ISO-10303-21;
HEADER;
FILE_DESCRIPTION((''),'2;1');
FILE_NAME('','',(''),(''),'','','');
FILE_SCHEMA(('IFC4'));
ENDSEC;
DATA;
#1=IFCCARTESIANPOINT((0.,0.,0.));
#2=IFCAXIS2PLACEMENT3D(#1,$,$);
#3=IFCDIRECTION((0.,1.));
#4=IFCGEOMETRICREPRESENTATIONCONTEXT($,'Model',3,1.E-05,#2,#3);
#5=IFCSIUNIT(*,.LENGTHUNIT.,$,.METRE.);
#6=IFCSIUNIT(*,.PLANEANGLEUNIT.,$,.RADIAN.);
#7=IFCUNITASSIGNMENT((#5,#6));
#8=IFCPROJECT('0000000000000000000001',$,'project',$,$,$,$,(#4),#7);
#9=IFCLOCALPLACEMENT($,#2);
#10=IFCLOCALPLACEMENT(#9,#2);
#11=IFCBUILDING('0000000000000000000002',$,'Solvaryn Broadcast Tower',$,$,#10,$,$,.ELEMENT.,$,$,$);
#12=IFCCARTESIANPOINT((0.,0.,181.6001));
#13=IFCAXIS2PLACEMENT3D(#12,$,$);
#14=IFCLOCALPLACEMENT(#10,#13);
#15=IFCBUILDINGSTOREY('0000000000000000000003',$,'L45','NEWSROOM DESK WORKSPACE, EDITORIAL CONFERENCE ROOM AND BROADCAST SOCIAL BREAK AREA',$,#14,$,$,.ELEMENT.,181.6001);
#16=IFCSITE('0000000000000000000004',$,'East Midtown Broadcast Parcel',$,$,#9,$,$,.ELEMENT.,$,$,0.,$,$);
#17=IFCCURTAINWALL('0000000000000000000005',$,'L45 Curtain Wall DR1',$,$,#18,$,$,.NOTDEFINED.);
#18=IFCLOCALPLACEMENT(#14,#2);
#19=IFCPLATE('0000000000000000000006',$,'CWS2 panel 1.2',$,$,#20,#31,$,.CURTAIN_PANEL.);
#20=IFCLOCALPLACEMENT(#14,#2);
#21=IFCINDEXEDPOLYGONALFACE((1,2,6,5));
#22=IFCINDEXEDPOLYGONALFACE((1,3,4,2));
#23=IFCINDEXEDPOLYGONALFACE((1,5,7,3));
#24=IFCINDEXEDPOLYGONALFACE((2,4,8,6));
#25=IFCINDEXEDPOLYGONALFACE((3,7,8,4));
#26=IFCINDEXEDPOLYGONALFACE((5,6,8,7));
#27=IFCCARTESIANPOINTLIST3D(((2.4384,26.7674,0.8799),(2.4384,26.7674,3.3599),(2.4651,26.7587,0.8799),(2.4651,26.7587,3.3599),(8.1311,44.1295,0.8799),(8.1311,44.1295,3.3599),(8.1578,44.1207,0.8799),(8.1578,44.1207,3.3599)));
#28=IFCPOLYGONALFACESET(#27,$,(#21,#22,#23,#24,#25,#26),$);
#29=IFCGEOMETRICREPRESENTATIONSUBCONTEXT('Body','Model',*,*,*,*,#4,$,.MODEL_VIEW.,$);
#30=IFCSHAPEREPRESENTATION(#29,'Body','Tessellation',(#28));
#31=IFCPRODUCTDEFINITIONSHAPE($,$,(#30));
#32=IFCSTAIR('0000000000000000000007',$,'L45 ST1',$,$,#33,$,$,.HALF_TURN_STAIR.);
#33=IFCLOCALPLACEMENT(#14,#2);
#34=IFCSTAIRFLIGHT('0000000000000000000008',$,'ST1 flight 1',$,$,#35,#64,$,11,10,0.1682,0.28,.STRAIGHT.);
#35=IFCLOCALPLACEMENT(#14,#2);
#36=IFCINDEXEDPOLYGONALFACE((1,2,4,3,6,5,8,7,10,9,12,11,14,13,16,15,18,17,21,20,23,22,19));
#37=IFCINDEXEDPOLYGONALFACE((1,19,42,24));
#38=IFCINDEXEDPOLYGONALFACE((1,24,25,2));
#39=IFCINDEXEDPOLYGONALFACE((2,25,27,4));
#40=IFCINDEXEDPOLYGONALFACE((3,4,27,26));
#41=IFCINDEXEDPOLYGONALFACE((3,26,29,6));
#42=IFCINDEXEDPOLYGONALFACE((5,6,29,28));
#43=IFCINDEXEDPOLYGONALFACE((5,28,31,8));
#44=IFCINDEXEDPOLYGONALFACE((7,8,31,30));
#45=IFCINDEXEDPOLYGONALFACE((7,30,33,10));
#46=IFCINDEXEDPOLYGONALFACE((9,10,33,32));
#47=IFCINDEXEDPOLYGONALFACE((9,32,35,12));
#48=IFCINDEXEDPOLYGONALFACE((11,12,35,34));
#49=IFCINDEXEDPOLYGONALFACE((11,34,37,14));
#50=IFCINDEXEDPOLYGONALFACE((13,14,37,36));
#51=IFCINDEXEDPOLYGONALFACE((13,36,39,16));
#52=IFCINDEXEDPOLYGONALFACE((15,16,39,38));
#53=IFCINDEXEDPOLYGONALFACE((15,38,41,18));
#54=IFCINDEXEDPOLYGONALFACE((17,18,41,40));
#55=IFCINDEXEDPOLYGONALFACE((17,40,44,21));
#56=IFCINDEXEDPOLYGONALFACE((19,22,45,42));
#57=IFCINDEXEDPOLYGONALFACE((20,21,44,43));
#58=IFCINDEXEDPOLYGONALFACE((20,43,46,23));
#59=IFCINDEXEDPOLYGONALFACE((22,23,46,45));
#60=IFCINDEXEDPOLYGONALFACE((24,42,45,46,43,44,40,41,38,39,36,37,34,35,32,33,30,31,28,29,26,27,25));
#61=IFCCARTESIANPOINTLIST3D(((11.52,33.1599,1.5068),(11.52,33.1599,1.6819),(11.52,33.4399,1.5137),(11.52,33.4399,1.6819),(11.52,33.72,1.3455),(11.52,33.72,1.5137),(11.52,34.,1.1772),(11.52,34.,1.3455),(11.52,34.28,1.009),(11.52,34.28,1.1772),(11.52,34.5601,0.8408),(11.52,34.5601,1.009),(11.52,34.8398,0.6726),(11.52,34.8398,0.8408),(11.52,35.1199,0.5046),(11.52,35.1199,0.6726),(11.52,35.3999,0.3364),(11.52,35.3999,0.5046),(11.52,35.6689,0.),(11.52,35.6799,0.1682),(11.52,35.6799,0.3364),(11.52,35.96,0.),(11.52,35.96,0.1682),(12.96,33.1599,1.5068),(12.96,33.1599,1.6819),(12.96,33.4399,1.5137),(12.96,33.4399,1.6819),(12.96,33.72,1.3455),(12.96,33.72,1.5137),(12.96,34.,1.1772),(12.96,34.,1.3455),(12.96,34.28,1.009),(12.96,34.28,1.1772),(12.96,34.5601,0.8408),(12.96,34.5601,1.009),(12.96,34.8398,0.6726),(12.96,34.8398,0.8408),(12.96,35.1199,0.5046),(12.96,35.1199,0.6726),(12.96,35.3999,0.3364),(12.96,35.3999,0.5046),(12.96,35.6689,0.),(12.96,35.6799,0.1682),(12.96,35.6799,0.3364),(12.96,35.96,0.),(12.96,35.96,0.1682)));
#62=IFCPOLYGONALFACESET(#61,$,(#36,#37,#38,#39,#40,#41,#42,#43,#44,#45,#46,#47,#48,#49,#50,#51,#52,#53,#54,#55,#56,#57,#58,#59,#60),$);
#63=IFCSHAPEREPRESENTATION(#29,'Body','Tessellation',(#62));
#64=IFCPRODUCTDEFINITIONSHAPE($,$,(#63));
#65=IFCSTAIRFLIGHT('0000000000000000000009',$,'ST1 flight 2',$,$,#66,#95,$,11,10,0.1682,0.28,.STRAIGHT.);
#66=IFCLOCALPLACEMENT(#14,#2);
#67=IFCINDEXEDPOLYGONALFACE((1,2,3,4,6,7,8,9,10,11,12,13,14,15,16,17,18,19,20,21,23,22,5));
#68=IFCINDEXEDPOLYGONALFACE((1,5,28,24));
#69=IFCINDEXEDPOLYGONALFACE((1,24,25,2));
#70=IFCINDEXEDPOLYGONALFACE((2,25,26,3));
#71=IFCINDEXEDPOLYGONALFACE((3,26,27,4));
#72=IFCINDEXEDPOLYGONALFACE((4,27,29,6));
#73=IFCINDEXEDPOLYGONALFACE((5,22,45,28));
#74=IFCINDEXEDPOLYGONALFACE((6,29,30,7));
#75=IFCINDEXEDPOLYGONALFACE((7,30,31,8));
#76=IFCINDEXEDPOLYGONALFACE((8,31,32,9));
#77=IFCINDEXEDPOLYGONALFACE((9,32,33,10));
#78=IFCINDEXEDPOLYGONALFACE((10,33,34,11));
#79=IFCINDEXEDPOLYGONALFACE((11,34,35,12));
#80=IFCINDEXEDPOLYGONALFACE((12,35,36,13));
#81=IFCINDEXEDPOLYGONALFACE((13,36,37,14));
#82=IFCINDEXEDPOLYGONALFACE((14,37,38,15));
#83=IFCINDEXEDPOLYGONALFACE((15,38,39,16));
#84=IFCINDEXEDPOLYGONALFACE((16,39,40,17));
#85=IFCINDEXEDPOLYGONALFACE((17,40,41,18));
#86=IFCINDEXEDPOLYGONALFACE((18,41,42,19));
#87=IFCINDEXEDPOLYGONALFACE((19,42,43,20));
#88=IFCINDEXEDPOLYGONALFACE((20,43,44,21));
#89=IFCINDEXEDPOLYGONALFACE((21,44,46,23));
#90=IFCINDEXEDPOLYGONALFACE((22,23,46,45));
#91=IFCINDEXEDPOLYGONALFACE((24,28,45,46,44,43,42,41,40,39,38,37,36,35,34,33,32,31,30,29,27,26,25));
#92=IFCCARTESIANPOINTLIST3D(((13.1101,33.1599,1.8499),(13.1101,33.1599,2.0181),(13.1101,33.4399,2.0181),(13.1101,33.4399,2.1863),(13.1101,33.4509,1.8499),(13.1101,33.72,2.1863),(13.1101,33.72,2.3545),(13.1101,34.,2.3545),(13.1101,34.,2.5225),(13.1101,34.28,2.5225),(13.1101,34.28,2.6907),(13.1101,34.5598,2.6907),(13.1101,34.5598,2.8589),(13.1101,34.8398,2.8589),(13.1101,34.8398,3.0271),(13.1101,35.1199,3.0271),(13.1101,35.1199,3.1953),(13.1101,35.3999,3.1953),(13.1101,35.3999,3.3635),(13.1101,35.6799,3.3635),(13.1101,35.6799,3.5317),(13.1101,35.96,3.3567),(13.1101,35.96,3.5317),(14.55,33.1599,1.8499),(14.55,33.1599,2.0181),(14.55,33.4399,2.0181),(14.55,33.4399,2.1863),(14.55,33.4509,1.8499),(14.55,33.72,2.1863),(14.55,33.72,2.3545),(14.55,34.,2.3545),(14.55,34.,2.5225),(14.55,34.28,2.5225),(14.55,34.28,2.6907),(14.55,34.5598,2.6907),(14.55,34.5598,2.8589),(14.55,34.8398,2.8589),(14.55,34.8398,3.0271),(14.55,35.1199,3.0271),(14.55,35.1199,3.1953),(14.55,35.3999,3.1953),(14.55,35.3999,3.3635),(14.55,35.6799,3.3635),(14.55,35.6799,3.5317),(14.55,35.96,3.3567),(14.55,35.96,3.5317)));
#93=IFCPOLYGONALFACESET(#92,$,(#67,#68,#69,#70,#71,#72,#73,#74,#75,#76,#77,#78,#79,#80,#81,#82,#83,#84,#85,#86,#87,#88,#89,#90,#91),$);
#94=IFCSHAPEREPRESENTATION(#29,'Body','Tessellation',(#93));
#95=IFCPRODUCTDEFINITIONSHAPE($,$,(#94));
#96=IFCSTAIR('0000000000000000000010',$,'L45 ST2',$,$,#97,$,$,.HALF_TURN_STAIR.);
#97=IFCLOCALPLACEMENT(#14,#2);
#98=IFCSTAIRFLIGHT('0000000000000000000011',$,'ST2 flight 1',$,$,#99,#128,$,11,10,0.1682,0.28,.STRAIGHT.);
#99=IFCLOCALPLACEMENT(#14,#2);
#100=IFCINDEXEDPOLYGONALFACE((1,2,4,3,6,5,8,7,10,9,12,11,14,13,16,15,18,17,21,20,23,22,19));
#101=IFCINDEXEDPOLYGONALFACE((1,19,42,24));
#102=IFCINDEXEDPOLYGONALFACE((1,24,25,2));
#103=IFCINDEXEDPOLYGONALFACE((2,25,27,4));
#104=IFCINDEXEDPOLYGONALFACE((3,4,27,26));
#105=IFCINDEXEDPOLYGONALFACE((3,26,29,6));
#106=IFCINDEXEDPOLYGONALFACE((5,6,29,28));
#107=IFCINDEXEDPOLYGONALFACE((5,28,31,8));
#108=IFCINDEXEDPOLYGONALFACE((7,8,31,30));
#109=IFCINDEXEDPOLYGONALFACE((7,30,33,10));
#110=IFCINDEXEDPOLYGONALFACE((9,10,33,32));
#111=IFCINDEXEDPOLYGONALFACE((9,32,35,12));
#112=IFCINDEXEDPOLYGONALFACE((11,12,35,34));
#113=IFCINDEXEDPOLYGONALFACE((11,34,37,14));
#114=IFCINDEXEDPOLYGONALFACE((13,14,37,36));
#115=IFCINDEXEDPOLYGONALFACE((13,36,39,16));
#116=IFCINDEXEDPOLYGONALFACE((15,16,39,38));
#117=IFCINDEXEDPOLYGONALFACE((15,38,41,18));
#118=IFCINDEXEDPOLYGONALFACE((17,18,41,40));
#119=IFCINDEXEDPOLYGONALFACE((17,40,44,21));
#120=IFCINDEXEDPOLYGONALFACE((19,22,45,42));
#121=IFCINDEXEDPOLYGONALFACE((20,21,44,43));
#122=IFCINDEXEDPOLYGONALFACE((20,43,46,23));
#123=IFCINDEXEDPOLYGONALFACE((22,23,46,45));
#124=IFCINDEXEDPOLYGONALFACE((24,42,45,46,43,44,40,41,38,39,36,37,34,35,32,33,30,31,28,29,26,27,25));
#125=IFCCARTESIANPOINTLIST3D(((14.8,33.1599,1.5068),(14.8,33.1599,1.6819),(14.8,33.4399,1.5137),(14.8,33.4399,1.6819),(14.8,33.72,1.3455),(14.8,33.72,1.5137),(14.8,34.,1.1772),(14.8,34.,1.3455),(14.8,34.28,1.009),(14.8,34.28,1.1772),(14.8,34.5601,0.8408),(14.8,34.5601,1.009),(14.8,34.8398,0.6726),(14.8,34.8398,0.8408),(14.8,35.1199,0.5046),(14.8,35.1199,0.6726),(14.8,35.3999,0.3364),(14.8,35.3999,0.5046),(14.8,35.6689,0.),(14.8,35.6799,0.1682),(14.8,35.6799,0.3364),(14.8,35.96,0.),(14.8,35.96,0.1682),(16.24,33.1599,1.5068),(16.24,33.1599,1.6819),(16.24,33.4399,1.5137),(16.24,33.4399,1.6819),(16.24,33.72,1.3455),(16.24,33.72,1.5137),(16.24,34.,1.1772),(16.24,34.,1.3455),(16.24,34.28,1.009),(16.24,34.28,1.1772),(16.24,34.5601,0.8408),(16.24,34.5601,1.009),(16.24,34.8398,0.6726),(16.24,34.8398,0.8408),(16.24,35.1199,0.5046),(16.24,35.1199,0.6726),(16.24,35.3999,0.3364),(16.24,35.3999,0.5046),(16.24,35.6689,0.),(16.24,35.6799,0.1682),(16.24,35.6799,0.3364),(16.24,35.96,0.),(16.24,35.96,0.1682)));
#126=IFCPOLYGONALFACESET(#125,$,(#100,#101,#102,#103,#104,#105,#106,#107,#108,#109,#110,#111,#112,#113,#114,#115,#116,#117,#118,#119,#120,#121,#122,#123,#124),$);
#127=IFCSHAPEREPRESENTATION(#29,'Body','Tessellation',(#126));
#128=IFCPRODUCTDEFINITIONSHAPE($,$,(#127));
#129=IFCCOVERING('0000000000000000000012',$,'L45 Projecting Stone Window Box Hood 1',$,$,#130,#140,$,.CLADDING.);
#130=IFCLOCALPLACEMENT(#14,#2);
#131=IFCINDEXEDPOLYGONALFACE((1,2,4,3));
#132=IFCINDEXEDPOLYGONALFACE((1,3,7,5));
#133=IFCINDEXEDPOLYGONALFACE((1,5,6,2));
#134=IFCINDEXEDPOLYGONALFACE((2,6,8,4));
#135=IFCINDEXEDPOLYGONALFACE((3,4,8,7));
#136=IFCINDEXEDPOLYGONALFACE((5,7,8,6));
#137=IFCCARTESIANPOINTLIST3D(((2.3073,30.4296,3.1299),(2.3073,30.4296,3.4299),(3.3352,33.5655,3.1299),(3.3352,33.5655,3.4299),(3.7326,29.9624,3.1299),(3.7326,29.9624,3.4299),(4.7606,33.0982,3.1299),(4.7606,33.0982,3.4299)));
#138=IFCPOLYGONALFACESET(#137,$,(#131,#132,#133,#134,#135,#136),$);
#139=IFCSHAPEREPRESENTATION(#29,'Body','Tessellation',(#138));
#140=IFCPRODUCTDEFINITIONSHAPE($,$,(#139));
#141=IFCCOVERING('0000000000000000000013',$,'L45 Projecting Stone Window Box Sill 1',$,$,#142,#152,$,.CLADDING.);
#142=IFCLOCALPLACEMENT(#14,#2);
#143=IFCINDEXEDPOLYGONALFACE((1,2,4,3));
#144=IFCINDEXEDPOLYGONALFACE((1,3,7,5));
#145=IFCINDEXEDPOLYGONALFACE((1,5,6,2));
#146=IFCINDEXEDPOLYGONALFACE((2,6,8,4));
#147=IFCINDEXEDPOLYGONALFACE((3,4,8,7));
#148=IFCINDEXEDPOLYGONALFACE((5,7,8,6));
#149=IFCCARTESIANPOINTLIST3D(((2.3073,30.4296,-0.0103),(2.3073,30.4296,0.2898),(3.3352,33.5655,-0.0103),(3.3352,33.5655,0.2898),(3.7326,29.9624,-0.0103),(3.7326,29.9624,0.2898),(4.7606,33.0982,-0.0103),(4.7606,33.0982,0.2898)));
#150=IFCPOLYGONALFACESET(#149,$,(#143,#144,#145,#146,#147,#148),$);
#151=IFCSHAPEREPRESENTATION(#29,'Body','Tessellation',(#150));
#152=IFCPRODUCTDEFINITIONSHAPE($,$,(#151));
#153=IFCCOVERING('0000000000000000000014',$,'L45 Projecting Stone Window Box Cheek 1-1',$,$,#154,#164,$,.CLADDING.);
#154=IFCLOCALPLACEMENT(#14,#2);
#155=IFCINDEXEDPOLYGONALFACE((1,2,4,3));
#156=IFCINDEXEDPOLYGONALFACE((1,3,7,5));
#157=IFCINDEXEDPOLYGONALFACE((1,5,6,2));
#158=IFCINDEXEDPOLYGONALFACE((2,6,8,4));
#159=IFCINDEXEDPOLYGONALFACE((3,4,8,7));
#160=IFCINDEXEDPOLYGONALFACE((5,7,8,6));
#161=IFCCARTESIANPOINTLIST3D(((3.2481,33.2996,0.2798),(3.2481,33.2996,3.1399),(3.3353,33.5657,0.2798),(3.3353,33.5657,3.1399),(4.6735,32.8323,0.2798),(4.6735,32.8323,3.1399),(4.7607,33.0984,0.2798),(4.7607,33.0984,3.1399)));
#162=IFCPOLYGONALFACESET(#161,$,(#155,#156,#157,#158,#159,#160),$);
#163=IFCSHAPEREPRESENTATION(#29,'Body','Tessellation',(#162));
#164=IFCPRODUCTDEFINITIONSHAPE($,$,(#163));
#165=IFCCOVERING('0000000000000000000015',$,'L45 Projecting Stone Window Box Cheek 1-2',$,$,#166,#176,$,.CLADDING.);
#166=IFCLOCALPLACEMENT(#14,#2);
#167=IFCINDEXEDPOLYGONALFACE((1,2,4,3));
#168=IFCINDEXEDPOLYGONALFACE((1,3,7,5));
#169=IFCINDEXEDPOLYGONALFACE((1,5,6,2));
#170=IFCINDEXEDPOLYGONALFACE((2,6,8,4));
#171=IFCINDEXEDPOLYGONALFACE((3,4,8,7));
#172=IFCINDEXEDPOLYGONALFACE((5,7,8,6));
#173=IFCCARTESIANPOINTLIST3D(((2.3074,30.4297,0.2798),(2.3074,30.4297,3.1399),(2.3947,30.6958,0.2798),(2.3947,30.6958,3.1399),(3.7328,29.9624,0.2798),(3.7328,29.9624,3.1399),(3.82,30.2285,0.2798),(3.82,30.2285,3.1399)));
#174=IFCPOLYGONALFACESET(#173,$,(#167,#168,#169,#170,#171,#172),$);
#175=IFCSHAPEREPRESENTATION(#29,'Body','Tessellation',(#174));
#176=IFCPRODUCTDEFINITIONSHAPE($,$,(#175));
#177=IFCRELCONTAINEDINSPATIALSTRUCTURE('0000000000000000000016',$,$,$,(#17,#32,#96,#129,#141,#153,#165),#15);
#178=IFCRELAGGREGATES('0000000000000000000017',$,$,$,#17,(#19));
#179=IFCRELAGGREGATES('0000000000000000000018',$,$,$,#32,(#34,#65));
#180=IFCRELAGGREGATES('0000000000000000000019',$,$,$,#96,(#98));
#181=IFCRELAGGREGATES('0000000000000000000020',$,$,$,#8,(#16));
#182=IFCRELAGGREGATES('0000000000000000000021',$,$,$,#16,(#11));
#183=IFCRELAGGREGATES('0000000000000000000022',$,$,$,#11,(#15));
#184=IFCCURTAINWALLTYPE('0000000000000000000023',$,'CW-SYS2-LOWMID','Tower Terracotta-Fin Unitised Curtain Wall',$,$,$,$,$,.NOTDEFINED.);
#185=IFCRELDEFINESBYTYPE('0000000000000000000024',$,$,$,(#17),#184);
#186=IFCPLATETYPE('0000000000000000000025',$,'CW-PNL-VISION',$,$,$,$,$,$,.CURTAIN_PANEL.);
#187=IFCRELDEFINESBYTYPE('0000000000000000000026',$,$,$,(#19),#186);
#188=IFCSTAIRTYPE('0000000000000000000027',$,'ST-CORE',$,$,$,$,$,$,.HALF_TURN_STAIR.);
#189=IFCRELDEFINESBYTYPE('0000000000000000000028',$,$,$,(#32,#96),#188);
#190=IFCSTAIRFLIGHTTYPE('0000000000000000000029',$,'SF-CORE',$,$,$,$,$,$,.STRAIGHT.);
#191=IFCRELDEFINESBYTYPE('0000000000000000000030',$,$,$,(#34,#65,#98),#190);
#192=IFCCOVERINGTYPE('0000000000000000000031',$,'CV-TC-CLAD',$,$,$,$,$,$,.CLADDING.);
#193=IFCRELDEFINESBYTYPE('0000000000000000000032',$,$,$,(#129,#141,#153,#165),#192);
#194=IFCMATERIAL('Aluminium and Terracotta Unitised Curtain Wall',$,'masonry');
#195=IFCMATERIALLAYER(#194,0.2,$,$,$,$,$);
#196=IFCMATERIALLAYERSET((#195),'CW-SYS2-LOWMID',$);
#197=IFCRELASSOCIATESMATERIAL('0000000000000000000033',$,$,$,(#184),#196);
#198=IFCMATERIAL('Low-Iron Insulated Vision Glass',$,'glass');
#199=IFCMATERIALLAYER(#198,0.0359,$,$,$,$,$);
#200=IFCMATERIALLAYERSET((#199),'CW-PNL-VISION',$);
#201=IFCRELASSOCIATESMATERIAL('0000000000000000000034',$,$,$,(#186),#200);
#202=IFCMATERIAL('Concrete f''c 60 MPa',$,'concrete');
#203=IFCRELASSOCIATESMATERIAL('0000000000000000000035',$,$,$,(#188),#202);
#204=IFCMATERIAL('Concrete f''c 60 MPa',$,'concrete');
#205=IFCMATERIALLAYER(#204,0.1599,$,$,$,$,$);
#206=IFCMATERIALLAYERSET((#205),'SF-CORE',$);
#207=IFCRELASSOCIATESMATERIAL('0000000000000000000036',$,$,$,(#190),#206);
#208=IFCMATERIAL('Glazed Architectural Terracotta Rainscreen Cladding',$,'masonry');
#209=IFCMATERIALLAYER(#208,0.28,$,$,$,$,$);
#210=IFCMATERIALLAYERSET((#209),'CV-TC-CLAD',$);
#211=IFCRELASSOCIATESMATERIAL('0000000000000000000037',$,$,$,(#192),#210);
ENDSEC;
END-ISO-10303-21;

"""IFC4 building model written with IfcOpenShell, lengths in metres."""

from ifc_helpers import new_model, si_unit, direction, frame, origin, origin_2d, place, context, subcontext, project, spatial, polyline, rectangle, outline, extrude, material, layer, layer_set, type_object, element, aggregate, save


model = new_model("IFC4")

# Units and contexts
model_context = context("Model", 3, precision=1e-05, world=origin(), true_north=direction((0.0, 1.0)))
body_context = subcontext(model_context, "Body", "Model", "MODEL_VIEW")
ifc_project = project(units=[si_unit("LENGTHUNIT", "METRE"), si_unit("PLANEANGLEUNIT", "RADIAN")], contexts=[model_context])

# Site, building, storey
site_placement = place(None, origin())
site = spatial("IfcSite", under=ifc_project, at=site_placement, Name="East Midtown Broadcast Parcel", CompositionType="ELEMENT", RefElevation=0.0)
building_placement = place(site_placement, origin())
building = spatial("IfcBuilding", under=site, at=building_placement, Name="Solvaryn Broadcast Tower", CompositionType="ELEMENT")
storey_placement = place(building_placement, frame((0.0, 0.0, 181.6001)))
storey = spatial("IfcBuildingStorey", under=building, at=storey_placement, Name="L45", Description="NEWSROOM DESK WORKSPACE, EDITORIAL CONFERENCE ROOM AND BROADCAST SOCIAL BREAK AREA", CompositionType="ELEMENT", Elevation=181.6001)

# Curtain wall, plate
ifc_material_1 = material(Name="Aluminium and Terracotta Unitised Curtain Wall", Category="masonry")
ifc_layer_1 = layer(ifc_material_1, 0.2)
ifc_layer_set_1 = layer_set([ifc_layer_1], Name="CW-SYS2-LOWMID")
curtain_wall_type = type_object("IfcCurtainWallType", Name="CW-SYS2-LOWMID", Description="Tower Terracotta-Fin Unitised Curtain Wall", PredefinedType="NOTDEFINED", material=ifc_layer_set_1)
curtain_wall_placement = place(storey_placement, origin())
curtain_wall = element("IfcCurtainWall", 1, at=curtain_wall_placement, inside=storey, type_object=curtain_wall_type, Name="L45 Curtain Wall DR1", PredefinedType="NOTDEFINED")
ifc_material_2 = material(Name="Low-Iron Insulated Vision Glass", Category="glass")
ifc_layer_2 = layer(ifc_material_2, 0.0359)
ifc_layer_set_2 = layer_set([ifc_layer_2], Name="CW-PNL-VISION")
plate_type = type_object("IfcPlateType", Name="CW-PNL-VISION", PredefinedType="CURTAIN_PANEL", material=ifc_layer_set_2)
plate_1_placement = place(storey_placement, frame((5.2981, 35.4441, 0.8799), z_axis=(0.0, 0.0, 1.0), x_axis=(-0.311559, -0.950227, 0.0)))
plate_1 = element("IfcPlate", 2, at=plate_1_placement, type_object=plate_type, Name="CWS2 panel 1.2", PredefinedType="CURTAIN_PANEL", context=body_context, shape_type="SweptSolid", body=[
    extrude(rectangle(XDim=18.2715, YDim=0.0281, at=origin_2d()), origin(), (0.0, 0.0, 1.0), 2.48),
])
aggregate(curtain_wall, [plate_1])

# Stair, stair flights
ifc_material_3 = material(Name="Concrete f'c 60 MPa", Category="concrete")
stair_type = type_object("IfcStairType", Name="ST-CORE", PredefinedType="HALF_TURN_STAIR", material=ifc_material_3)
stair_1_placement = place(storey_placement, origin())
stair_1 = element("IfcStair", 3, at=stair_1_placement, inside=storey, type_object=stair_type, Name="L45 ST1", PredefinedType="HALF_TURN_STAIR")
ifc_material_4 = material(Name="Concrete f'c 60 MPa", Category="concrete")
ifc_layer_3 = layer(ifc_material_4, 0.1599)
ifc_layer_set_3 = layer_set([ifc_layer_3], Name="SF-CORE")
stair_flight_type = type_object("IfcStairFlightType", Name="SF-CORE", PredefinedType="STRAIGHT", material=ifc_layer_set_3)
stair_flight_1_placement = place(storey_placement, frame((12.24, 35.96, 0.0), z_axis=(0.0, 0.0, 1.0), x_axis=(0.0, -1.0, 0.0)))
stair_flight_1 = element("IfcStairFlight", 4, at=stair_flight_1_placement, type_object=stair_flight_type, Name="ST1 flight 1", NumberOfRisers=11, NumberOfTreads=10, PredefinedType="STRAIGHT", RiserHeight=0.1682, TreadLength=0.28, context=body_context, shape_type="SweptSolid", body=[
    extrude(outline(polyline([(0.0, 0.0), (0.0, 0.1682), (0.28, 0.1682), (0.28, 0.3364), (0.5601, 0.3364), (0.5601, 0.5046), (0.8401, 0.5046), (0.8401, 0.6726), (1.1201, 0.6726), (1.1201, 0.8408), (1.3999, 0.8408), (1.3999, 1.009), (1.6799, 1.009), (1.6799, 1.1772), (1.96, 1.1772), (1.96, 1.3455), (2.24, 1.3455), (2.24, 1.5137), (2.52, 1.5137), (2.52, 1.6819), (2.8, 1.6819), (2.8, 1.8501), (2.8, 1.5068), (0.291, 0.0), (0.0, 0.0)])), frame((0.0, 0.72, 0.0), z_axis=(0.0, -1.0, 0.0), x_axis=(1.0, 0.0, 0.0)), (0.0, 0.0, 1.0), 1.4399),
])
stair_flight_2_placement = place(storey_placement, frame((13.8301, 33.1599, 1.8499), z_axis=(0.0, 0.0, 1.0), x_axis=(0.0, 1.0, 0.0)))
stair_flight_2 = element("IfcStairFlight", 5, at=stair_flight_2_placement, type_object=stair_flight_type, Name="ST1 flight 2", NumberOfRisers=11, NumberOfTreads=10, PredefinedType="STRAIGHT", RiserHeight=0.1682, TreadLength=0.28, context=body_context, shape_type="SweptSolid", body=[
    extrude(outline(polyline([(0.0, 0.0), (0.0, 0.1682), (0.28, 0.1682), (0.28, 0.3364), (0.5601, 0.3364), (0.5601, 0.5046), (0.8401, 0.5046), (0.8401, 0.6726), (1.1201, 0.6726), (1.1201, 0.8408), (1.3999, 0.8408), (1.3999, 1.009), (1.6799, 1.009), (1.6799, 1.1772), (1.96, 1.1772), (1.96, 1.3455), (2.24, 1.3455), (2.24, 1.5137), (2.52, 1.5137), (2.52, 1.6819), (2.8, 1.6819), (2.8, 1.8501), (2.8, 1.5068), (0.291, 0.0), (0.0, 0.0)])), frame((0.0, 0.72, 0.0), z_axis=(0.0, -1.0, 0.0), x_axis=(1.0, 0.0, 0.0)), (0.0, 0.0, 1.0), 1.4399),
])
aggregate(stair_1, [stair_flight_1, stair_flight_2])

# Stair, stair flight
stair_2_placement = place(storey_placement, origin())
stair_2 = element("IfcStair", 6, at=stair_2_placement, inside=storey, type_object=stair_type, Name="L45 ST2", PredefinedType="HALF_TURN_STAIR")
stair_flight_3_placement = place(storey_placement, frame((15.52, 35.96, 0.0), z_axis=(0.0, 0.0, 1.0), x_axis=(0.0, -1.0, 0.0)))
stair_flight_3 = element("IfcStairFlight", 7, at=stair_flight_3_placement, type_object=stair_flight_type, Name="ST2 flight 1", NumberOfRisers=11, NumberOfTreads=10, PredefinedType="STRAIGHT", RiserHeight=0.1682, TreadLength=0.28, context=body_context, shape_type="SweptSolid", body=[
    extrude(outline(polyline([(0.0, 0.0), (0.0, 0.1682), (0.28, 0.1682), (0.28, 0.3364), (0.5601, 0.3364), (0.5601, 0.5046), (0.8401, 0.5046), (0.8401, 0.6726), (1.1201, 0.6726), (1.1201, 0.8408), (1.3999, 0.8408), (1.3999, 1.009), (1.6799, 1.009), (1.6799, 1.1772), (1.96, 1.1772), (1.96, 1.3455), (2.24, 1.3455), (2.24, 1.5137), (2.52, 1.5137), (2.52, 1.6819), (2.8, 1.6819), (2.8, 1.8501), (2.8, 1.5068), (0.291, 0.0), (0.0, 0.0)])), frame((0.0, 0.72, 0.0), z_axis=(0.0, -1.0, 0.0), x_axis=(1.0, 0.0, 0.0)), (0.0, 0.0, 1.0), 1.4399),
])
aggregate(stair_2, [stair_flight_3])

# Coverings
ifc_material_5 = material(Name="Glazed Architectural Terracotta Rainscreen Cladding", Category="masonry")
ifc_layer_4 = layer(ifc_material_5, 0.28)
ifc_layer_set_4 = layer_set([ifc_layer_4], Name="CV-TC-CLAD")
covering_type = type_object("IfcCoveringType", Name="CV-TC-CLAD", PredefinedType="CLADDING", material=ifc_layer_set_4)
for number, where, z_axis, x_axis, name in (
    (8, (3.5339, 31.7639, 3.1299), (0.0, 0.0, 1.0), (-0.311506, -0.950244, 0.0), "L45 Projecting Stone Window Box Hood 1"),
    (9, (3.5339, 31.7639, -0.0103), (0.0, 0.0, 1.0), (-0.311506, -0.950244, 0.0), "L45 Projecting Stone Window Box Sill 1"),
):
    element("IfcCovering", number, at=place(storey_placement, frame(where, z_axis=z_axis, x_axis=x_axis)), inside=storey, type_object=covering_type, Name=name, PredefinedType="CLADDING", context=body_context, shape_type="SweptSolid", body=[
        extrude(rectangle(XDim=3.3, YDim=1.5, at=origin_2d()), origin(), (0.0, 0.0, 1.0), 0.3),
    ])
for number, where, z_axis, x_axis, name in (
    (10, (4.0044, 33.199, 0.2798), (0.0, 0.0, 1.0), (-0.311506, -0.950244, 0.0), "L45 Projecting Stone Window Box Cheek 1-1"),
    (11, (3.0637, 30.3291, 0.2798), (0.0, 0.0, 1.0), (-0.311506, -0.950244, 0.0), "L45 Projecting Stone Window Box Cheek 1-2"),
):
    element("IfcCovering", number, at=place(storey_placement, frame(where, z_axis=z_axis, x_axis=x_axis)), inside=storey, type_object=covering_type, Name=name, PredefinedType="CLADDING", context=body_context, shape_type="SweptSolid", body=[
        extrude(rectangle(XDim=0.28, YDim=1.5, at=origin_2d()), origin(), (0.0, 0.0, 1.0), 2.8601),
    ])

save(model, "model.ifc")
